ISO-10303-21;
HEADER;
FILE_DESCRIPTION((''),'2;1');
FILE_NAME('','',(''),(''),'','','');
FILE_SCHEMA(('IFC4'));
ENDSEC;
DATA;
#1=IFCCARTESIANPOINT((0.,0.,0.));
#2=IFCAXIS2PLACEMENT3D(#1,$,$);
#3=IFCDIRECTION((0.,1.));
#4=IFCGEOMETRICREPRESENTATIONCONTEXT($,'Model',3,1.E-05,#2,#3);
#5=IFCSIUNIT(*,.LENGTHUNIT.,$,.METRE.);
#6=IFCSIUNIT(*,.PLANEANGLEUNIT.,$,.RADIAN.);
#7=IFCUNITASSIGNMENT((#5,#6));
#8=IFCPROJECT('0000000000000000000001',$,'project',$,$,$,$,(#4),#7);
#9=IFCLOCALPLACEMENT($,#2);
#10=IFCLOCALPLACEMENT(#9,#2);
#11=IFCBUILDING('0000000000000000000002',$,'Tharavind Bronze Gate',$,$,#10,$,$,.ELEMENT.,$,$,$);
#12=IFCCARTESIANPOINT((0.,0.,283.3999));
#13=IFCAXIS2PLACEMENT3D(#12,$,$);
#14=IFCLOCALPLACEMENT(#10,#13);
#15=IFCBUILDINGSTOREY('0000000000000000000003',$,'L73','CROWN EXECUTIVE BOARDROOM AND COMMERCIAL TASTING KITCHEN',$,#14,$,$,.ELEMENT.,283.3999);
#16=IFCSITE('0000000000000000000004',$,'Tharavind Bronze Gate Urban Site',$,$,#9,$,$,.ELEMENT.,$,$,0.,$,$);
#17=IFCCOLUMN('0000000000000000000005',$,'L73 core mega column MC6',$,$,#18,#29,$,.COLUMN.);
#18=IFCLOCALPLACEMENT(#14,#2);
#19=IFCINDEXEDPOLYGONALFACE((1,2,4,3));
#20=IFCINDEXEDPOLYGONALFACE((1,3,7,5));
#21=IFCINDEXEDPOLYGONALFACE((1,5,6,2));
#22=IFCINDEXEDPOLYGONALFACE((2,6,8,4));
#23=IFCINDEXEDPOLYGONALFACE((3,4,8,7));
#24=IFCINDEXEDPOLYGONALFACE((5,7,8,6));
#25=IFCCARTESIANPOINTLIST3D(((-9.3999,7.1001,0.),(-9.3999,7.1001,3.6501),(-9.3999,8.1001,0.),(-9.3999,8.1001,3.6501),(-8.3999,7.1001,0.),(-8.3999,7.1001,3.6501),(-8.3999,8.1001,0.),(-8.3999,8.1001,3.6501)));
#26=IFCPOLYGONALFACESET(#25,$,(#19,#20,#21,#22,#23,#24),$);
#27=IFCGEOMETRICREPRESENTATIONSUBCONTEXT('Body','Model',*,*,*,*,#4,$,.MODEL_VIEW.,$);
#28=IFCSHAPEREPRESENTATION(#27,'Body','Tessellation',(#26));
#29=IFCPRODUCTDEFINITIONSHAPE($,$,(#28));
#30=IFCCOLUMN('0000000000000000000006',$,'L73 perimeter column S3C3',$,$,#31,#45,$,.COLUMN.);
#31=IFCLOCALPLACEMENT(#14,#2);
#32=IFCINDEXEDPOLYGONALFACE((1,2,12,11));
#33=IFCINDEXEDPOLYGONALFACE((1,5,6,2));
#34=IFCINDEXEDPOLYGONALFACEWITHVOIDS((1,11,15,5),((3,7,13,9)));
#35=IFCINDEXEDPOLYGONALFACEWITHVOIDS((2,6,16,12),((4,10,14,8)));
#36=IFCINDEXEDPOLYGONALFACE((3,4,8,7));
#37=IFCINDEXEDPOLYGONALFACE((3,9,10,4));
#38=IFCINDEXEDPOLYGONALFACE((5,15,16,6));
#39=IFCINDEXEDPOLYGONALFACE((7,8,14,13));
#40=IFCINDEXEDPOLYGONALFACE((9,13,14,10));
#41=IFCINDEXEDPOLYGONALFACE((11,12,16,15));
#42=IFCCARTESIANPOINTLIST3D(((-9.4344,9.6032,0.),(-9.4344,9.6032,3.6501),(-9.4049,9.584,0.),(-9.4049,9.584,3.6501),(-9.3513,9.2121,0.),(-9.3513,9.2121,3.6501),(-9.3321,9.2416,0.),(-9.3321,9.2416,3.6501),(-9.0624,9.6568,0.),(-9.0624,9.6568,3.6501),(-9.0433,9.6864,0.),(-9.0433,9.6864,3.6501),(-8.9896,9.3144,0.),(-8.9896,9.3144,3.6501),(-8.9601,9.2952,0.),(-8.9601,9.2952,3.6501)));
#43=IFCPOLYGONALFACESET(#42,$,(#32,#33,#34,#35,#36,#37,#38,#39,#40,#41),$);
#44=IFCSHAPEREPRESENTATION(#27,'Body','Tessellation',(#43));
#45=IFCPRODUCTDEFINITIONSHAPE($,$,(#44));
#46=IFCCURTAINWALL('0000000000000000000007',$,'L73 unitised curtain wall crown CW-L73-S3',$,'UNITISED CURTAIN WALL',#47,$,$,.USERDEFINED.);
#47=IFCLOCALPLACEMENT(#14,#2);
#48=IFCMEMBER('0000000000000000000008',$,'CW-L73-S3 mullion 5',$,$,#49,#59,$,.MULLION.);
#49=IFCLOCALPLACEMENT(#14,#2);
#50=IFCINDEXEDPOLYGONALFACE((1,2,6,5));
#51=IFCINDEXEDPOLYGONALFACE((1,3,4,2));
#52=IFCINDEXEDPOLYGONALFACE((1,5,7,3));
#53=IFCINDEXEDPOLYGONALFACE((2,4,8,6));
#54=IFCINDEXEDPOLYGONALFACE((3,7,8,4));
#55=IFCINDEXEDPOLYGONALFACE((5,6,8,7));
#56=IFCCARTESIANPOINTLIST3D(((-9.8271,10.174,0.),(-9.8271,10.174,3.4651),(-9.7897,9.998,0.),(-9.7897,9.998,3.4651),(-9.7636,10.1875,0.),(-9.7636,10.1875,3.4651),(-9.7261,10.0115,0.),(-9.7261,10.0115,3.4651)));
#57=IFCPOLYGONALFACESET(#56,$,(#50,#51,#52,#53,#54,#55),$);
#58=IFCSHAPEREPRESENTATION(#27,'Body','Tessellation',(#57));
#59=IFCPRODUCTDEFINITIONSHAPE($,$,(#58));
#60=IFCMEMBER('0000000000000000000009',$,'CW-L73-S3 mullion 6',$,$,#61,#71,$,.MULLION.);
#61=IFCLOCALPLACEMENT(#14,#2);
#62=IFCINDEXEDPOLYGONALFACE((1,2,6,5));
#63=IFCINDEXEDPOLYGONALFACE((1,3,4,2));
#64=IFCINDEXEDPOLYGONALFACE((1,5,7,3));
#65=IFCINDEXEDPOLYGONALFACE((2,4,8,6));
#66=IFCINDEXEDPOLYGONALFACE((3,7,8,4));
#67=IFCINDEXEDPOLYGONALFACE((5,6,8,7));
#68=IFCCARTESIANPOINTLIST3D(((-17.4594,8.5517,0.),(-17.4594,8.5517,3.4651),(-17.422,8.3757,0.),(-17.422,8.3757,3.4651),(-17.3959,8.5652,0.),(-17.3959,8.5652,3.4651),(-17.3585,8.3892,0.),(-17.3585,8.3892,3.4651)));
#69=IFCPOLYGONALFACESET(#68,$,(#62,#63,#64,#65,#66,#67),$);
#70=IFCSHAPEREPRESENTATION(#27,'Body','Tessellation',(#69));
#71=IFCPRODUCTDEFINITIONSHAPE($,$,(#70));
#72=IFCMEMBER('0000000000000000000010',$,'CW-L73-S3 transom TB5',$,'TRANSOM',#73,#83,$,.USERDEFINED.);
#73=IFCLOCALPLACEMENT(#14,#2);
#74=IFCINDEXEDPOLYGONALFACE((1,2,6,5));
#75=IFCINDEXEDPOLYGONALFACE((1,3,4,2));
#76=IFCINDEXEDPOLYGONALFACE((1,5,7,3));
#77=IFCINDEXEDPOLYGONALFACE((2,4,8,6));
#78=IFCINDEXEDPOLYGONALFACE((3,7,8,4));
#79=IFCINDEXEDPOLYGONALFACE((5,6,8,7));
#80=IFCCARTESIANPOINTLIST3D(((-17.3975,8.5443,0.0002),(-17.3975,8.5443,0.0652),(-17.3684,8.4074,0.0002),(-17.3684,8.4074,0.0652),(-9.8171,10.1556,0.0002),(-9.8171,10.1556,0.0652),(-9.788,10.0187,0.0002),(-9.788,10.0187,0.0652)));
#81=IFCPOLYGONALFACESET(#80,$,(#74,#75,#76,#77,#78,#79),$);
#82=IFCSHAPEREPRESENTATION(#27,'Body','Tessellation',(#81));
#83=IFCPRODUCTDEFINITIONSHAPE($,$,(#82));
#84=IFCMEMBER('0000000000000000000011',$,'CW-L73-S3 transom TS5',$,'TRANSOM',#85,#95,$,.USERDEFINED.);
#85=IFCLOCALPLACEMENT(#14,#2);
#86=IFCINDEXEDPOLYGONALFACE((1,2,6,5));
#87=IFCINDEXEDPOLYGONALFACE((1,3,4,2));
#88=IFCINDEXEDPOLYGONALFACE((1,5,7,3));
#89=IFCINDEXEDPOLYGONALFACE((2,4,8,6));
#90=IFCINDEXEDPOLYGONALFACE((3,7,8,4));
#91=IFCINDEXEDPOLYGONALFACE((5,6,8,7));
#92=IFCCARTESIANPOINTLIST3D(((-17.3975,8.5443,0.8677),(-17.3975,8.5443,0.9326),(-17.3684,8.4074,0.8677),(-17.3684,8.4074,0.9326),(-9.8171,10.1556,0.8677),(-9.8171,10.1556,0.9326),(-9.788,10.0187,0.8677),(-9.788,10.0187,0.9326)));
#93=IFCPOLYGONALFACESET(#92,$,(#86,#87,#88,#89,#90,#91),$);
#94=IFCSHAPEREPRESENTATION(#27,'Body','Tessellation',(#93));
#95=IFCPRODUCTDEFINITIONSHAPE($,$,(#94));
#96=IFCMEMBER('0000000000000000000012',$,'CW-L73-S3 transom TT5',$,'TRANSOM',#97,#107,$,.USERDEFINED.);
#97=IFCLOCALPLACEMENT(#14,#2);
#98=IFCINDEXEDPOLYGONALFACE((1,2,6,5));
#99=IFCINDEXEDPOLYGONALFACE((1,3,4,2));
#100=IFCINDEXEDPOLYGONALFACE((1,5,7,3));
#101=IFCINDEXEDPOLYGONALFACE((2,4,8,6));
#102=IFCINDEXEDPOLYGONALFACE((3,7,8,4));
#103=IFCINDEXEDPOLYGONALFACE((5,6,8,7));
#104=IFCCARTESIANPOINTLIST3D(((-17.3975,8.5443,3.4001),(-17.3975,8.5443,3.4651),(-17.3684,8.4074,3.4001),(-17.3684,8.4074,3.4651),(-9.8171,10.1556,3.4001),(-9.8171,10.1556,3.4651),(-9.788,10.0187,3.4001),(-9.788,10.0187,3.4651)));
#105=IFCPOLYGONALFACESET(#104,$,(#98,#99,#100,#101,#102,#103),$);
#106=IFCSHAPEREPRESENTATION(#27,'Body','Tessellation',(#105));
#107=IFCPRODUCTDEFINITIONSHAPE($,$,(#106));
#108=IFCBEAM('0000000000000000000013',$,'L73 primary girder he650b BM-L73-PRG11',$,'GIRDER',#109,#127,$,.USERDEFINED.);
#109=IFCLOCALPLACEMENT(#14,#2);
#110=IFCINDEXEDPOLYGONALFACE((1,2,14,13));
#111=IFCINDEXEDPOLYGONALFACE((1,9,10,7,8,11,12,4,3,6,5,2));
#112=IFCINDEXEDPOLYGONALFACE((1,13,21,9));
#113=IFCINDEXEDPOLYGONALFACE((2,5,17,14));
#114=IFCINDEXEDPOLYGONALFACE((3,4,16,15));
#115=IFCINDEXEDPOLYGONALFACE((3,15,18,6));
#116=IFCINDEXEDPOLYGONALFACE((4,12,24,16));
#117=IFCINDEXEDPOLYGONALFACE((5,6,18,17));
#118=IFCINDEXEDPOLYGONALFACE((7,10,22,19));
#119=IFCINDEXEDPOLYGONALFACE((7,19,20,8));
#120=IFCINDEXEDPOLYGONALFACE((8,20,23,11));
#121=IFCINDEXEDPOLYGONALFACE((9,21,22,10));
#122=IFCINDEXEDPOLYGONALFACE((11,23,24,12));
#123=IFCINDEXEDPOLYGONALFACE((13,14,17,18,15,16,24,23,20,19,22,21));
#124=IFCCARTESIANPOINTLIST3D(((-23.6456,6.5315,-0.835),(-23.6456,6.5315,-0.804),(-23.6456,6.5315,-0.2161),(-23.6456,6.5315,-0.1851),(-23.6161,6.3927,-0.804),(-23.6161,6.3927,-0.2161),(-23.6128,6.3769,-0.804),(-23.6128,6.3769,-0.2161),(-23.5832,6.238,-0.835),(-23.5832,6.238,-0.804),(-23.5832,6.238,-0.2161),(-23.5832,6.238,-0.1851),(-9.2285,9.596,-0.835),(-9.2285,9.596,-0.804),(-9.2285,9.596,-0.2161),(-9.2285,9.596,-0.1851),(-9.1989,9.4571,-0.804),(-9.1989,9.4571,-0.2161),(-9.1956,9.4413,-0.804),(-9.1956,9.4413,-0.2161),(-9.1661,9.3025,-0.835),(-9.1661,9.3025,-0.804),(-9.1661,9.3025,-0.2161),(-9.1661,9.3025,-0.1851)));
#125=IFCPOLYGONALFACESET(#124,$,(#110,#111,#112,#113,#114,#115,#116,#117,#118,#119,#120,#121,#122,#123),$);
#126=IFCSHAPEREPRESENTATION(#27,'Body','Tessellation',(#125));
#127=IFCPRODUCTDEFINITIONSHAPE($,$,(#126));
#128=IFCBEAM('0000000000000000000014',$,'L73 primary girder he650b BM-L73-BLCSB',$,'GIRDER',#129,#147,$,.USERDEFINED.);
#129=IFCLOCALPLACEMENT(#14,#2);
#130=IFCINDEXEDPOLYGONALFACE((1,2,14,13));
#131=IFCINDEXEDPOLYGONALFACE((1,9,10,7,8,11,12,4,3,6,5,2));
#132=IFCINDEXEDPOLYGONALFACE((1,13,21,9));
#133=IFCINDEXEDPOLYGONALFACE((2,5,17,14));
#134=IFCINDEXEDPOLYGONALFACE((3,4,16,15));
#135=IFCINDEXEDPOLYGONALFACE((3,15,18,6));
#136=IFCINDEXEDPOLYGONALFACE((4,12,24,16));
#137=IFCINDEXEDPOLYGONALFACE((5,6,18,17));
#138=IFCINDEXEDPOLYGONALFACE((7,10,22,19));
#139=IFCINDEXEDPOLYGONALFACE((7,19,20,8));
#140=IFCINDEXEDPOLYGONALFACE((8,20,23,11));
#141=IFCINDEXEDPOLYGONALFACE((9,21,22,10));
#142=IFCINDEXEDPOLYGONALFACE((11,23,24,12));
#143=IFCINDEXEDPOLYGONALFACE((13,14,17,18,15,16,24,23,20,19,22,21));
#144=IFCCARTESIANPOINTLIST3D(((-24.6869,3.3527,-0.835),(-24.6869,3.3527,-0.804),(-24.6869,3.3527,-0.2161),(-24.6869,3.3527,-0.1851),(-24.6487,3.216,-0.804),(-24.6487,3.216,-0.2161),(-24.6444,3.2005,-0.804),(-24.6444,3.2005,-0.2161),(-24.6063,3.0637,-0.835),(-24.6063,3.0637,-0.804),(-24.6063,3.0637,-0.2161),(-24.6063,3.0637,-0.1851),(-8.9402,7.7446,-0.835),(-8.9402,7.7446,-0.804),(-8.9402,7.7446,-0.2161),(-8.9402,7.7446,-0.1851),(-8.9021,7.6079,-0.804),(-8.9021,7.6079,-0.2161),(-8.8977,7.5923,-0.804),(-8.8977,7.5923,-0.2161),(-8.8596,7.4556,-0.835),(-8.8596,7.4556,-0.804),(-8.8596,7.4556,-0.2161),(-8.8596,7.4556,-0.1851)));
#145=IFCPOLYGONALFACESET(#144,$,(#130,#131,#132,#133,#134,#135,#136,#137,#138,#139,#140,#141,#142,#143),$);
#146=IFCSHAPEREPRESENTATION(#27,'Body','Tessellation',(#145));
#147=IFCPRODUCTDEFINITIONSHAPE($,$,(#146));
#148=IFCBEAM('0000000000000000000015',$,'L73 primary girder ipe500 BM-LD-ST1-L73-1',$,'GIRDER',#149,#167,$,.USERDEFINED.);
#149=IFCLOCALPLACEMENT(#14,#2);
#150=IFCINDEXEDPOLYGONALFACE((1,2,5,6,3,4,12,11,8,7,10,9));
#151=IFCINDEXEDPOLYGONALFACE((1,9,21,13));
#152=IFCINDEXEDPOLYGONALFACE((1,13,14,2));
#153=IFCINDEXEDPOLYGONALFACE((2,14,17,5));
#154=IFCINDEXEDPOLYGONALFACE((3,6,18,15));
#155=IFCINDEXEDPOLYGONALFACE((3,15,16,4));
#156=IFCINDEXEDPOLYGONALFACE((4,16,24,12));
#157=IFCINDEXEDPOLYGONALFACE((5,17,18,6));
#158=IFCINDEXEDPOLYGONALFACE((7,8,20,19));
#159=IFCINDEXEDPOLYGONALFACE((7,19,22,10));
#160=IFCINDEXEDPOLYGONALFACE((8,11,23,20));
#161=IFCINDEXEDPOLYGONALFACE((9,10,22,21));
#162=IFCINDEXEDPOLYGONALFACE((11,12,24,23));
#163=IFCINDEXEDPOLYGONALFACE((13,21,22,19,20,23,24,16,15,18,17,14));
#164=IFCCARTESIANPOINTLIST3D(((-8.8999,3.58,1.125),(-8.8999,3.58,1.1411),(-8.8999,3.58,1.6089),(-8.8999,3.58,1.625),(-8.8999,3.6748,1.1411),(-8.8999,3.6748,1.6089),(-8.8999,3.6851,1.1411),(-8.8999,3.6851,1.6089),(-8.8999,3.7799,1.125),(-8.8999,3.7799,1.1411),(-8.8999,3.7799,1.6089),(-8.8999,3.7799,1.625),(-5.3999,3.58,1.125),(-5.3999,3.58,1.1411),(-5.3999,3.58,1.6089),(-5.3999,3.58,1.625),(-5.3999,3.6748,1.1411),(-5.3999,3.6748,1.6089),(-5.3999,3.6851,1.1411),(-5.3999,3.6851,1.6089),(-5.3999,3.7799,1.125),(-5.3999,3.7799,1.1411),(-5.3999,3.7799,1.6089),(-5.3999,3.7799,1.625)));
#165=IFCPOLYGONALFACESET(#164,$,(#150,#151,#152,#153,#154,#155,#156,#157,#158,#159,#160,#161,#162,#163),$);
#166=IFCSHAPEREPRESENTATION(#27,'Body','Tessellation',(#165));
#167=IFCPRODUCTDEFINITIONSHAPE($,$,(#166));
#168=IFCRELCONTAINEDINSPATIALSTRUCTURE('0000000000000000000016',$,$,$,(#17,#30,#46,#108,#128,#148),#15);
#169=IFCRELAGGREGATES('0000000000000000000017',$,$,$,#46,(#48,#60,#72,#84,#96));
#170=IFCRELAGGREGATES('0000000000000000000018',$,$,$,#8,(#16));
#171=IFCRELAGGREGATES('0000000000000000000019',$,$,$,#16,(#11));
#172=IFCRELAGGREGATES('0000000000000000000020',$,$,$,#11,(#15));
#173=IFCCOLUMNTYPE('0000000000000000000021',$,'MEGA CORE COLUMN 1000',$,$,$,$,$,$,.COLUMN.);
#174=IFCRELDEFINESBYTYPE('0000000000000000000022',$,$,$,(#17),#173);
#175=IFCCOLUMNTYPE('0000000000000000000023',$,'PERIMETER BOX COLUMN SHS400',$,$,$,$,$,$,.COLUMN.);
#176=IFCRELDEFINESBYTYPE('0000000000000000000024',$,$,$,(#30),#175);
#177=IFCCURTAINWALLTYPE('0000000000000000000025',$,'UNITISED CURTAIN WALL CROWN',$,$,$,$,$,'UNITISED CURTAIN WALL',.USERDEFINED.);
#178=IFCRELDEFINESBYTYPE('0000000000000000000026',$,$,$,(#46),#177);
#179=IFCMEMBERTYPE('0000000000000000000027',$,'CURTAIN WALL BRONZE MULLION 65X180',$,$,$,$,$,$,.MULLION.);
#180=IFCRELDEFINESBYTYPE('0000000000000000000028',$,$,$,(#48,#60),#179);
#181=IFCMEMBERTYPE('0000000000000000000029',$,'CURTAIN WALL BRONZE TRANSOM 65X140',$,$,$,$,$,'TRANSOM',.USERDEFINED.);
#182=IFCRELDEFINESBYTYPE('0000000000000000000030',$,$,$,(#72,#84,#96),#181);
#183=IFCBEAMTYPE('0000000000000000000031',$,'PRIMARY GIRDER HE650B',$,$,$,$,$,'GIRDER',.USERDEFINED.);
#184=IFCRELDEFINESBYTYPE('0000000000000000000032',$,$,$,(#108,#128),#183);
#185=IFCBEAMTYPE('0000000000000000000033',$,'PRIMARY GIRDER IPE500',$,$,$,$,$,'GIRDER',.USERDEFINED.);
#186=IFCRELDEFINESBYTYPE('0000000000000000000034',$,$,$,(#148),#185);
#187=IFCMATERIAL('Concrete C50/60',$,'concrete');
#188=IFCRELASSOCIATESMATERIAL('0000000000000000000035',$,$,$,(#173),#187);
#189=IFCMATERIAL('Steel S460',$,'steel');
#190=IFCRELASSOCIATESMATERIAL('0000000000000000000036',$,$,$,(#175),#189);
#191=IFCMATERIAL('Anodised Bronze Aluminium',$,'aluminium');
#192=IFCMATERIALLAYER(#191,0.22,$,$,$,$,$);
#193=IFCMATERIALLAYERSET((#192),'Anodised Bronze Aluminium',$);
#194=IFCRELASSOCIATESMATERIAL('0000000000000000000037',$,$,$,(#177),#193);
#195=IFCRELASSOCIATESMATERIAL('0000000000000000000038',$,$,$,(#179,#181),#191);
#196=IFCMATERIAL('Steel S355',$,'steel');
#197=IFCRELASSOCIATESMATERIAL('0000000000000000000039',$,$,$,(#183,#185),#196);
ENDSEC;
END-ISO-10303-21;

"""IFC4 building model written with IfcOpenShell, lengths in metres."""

from ifc_helpers import new_model, si_unit, direction, frame, origin, origin_2d, place, context, subcontext, project, spatial, rectangle, hollow_rectangle, i_section, extrude, material, layer, layer_set, material_profile, profile_set, type_object, element, aggregate, save


model = new_model("IFC4")

# Units and contexts
model_context = context("Model", 3, precision=1e-05, world=origin(), true_north=direction((0.0, 1.0)))
body_context = subcontext(model_context, "Body", "Model", "MODEL_VIEW")
ifc_project = project(units=[si_unit("LENGTHUNIT", "METRE"), si_unit("PLANEANGLEUNIT", "RADIAN")], contexts=[model_context])

# Site, building, storey
site_placement = place(None, origin())
site = spatial("IfcSite", under=ifc_project, at=site_placement, Name="Tharavind Bronze Gate Urban Site", CompositionType="ELEMENT", RefElevation=0.0)
building_placement = place(site_placement, origin())
building = spatial("IfcBuilding", under=site, at=building_placement, Name="Tharavind Bronze Gate", CompositionType="ELEMENT")
storey_placement = place(building_placement, frame((0.0, 0.0, 283.3999)))
storey = spatial("IfcBuildingStorey", under=building, at=storey_placement, Name="L73", Description="CROWN EXECUTIVE BOARDROOM AND COMMERCIAL TASTING KITCHEN", CompositionType="ELEMENT", Elevation=283.3999)

# Columns
ifc_material_1 = material(Name="Concrete C50/60", Category="concrete")
ifc_material_profile_1 = material_profile(ifc_material_1, rectangle(XDim=1.0, YDim=1.0, at=origin_2d()), Name="RCCOL1000")
ifc_profile_set_1 = profile_set([ifc_material_profile_1], Name="Concrete C50/60")
column_type_1 = type_object("IfcColumnType", Name="MEGA CORE COLUMN 1000", PredefinedType="COLUMN", material=ifc_profile_set_1)
column_1_placement = place(storey_placement, frame((-8.8999, 7.6001, 0.0), z_axis=(0.0, 0.0, 1.0), x_axis=(1.0, 0.0, 0.0)))
element("IfcColumn", 1, at=column_1_placement, inside=storey, type_object=column_type_1, Name="L73 core mega column MC6", PredefinedType="COLUMN", context=body_context, shape_type="SweptSolid", body=[
    extrude(rectangle(XDim=1.0, YDim=1.0, at=origin_2d()), origin(), (0.0, 0.0, 1.0), 3.6501),
])
ifc_material_2 = material(Name="Steel S460", Category="steel")
ifc_material_profile_2 = material_profile(ifc_material_2, hollow_rectangle(XDim=0.3999, YDim=0.3999, WallThickness=0.0249, at=origin_2d()), Name="SHS400X25")
ifc_profile_set_2 = profile_set([ifc_material_profile_2], Name="Steel S460")
column_type_2 = type_object("IfcColumnType", Name="PERIMETER BOX COLUMN SHS400", PredefinedType="COLUMN", material=ifc_profile_set_2)
column_2_placement = place(storey_placement, frame((-9.1973, 9.4492, 0.0), z_axis=(0.0, 0.0, 1.0), x_axis=(0.978147, 0.207913, 0.0)))
element("IfcColumn", 2, at=column_2_placement, inside=storey, type_object=column_type_2, Name="L73 perimeter column S3C3", PredefinedType="COLUMN", context=body_context, shape_type="SweptSolid", body=[
    extrude(hollow_rectangle(XDim=0.3999, YDim=0.3999, WallThickness=0.0249, at=origin_2d()), origin(), (0.0, 0.0, 1.0), 3.6501),
])

# Curtain wall, members
ifc_material_3 = material(Name="Anodised Bronze Aluminium", Category="aluminium")
ifc_layer_1 = layer(ifc_material_3, 0.22)
ifc_layer_set_1 = layer_set([ifc_layer_1], Name="Anodised Bronze Aluminium")
curtain_wall_type = type_object("IfcCurtainWallType", Name="UNITISED CURTAIN WALL CROWN", ElementType="UNITISED CURTAIN WALL", PredefinedType="USERDEFINED", material=ifc_layer_set_1)
curtain_wall_placement = place(storey_placement, origin())
curtain_wall = element("IfcCurtainWall", 3, at=curtain_wall_placement, inside=storey, type_object=curtain_wall_type, Name="L73 unitised curtain wall crown CW-L73-S3", ObjectType="UNITISED CURTAIN WALL", PredefinedType="USERDEFINED")
member_type_1 = type_object("IfcMemberType", Name="CURTAIN WALL BRONZE MULLION 65X180", PredefinedType="MULLION", material=ifc_material_3)
member_1_placement = place(storey_placement, frame((-9.7766, 10.0928, 0.0), z_axis=(0.0, 0.0, 1.0), x_axis=(-0.978147, -0.207913, 0.0)))
member_1 = element("IfcMember", 4, at=member_1_placement, type_object=member_type_1, Name="CW-L73-S3 mullion 5", PredefinedType="MULLION", context=body_context, shape_type="SweptSolid", body=[
    extrude(rectangle(XDim=0.0649, YDim=0.1799, at=origin_2d()), origin(), (0.0, 0.0, 1.0), 3.4651),
])
member_2_placement = place(storey_placement, frame((-17.4089, 8.4705, 0.0), z_axis=(0.0, 0.0, 1.0), x_axis=(-0.978147, -0.207913, 0.0)))
member_2 = element("IfcMember", 5, at=member_2_placement, type_object=member_type_1, Name="CW-L73-S3 mullion 6", PredefinedType="MULLION", context=body_context, shape_type="SweptSolid", body=[
    extrude(rectangle(XDim=0.0649, YDim=0.1799, at=origin_2d()), origin(), (0.0, 0.0, 1.0), 3.4651),
])
member_type_2 = type_object("IfcMemberType", Name="CURTAIN WALL BRONZE TRANSOM 65X140", ElementType="TRANSOM", PredefinedType="USERDEFINED", material=ifc_material_3)
member_3_placement = place(storey_placement, frame((-13.5928, 9.2815, 0.0002), z_axis=(0.0, 0.0, 1.0), x_axis=(-0.978147, -0.207913, 0.0)))
member_3 = element("IfcMember", 6, at=member_3_placement, type_object=member_type_2, Name="CW-L73-S3 transom TB5", ObjectType="TRANSOM", PredefinedType="USERDEFINED", context=body_context, shape_type="SweptSolid", body=[
    extrude(rectangle(XDim=7.7498, YDim=0.1399, at=origin_2d()), origin(), (0.0, 0.0, 1.0), 0.0649),
])
member_4_placement = place(storey_placement, frame((-13.5928, 9.2815, 0.8677), z_axis=(0.0, 0.0, 1.0), x_axis=(-0.978147, -0.207913, 0.0)))
member_4 = element("IfcMember", 7, at=member_4_placement, type_object=member_type_2, Name="CW-L73-S3 transom TS5", ObjectType="TRANSOM", PredefinedType="USERDEFINED", context=body_context, shape_type="SweptSolid", body=[
    extrude(rectangle(XDim=7.7498, YDim=0.1399, at=origin_2d()), origin(), (0.0, 0.0, 1.0), 0.0649),
])
member_5_placement = place(storey_placement, frame((-13.5928, 9.2815, 3.4001), z_axis=(0.0, 0.0, 1.0), x_axis=(-0.978147, -0.207913, 0.0)))
member_5 = element("IfcMember", 8, at=member_5_placement, type_object=member_type_2, Name="CW-L73-S3 transom TT5", ObjectType="TRANSOM", PredefinedType="USERDEFINED", context=body_context, shape_type="SweptSolid", body=[
    extrude(rectangle(XDim=7.7498, YDim=0.1399, at=origin_2d()), origin(), (0.0, 0.0, 1.0), 0.0649),
])

# Beams
ifc_material_4 = material(Name="Steel S355", Category="steel")
ifc_material_profile_3 = material_profile(ifc_material_4, i_section(OverallWidth=0.3, OverallDepth=0.6499, WebThickness=0.0161, FlangeThickness=0.031, at=origin_2d()), Name="HE650B")
ifc_profile_set_3 = profile_set([ifc_material_profile_3], Name="Steel S355")
beam_type_1 = type_object("IfcBeamType", Name="PRIMARY GIRDER HE650B", ElementType="GIRDER", PredefinedType="USERDEFINED", material=ifc_profile_set_3)
beam_1_placement = place(storey_placement, frame((-9.1973, 9.4492, -0.51), z_axis=(-0.978148, -0.20791, 0.0), x_axis=(0.20791, -0.978148, 0.0)))
element("IfcBeam", 9, at=beam_1_placement, inside=storey, type_object=beam_type_1, Name="L73 primary girder he650b BM-L73-PRG11", ObjectType="GIRDER", PredefinedType="USERDEFINED", context=body_context, shape_type="SweptSolid", body=[
    extrude(i_section(OverallWidth=0.3, OverallDepth=0.6499, WebThickness=0.0161, FlangeThickness=0.031, at=origin_2d()), origin(), (0.0, 0.0, 1.0), 14.7393),
])
beam_2_placement = place(storey_placement, frame((-8.8999, 7.6001, -0.51), z_axis=(-0.963237, -0.268654, 0.0), x_axis=(0.268654, -0.963237, 0.0)))
element("IfcBeam", 10, at=beam_2_placement, inside=storey, type_object=beam_type_1, Name="L73 primary girder he650b BM-L73-BLCSB", ObjectType="GIRDER", PredefinedType="USERDEFINED", context=body_context, shape_type="SweptSolid", body=[
    extrude(i_section(OverallWidth=0.3, OverallDepth=0.6499, WebThickness=0.0161, FlangeThickness=0.031, at=origin_2d()), origin(), (0.0, 0.0, 1.0), 16.3477),
])
ifc_material_profile_4 = material_profile(ifc_material_4, i_section(OverallWidth=0.2, OverallDepth=0.5, WebThickness=0.0103, FlangeThickness=0.0161, at=origin_2d()), Name="IPE500")
ifc_profile_set_4 = profile_set([ifc_material_profile_4], Name="Steel S355")
beam_type_2 = type_object("IfcBeamType", Name="PRIMARY GIRDER IPE500", ElementType="GIRDER", PredefinedType="USERDEFINED", material=ifc_profile_set_4)
beam_3_placement = place(storey_placement, frame((-8.8999, 3.6799, 1.375), z_axis=(1.0, 0.0, 0.0), x_axis=(0.0, 1.0, 0.0)))
element("IfcBeam", 11, at=beam_3_placement, inside=storey, type_object=beam_type_2, Name="L73 primary girder ipe500 BM-LD-ST1-L73-1", ObjectType="GIRDER", PredefinedType="USERDEFINED", context=body_context, shape_type="SweptSolid", body=[
    extrude(i_section(OverallWidth=0.2, OverallDepth=0.5, WebThickness=0.0103, FlangeThickness=0.0161, at=origin_2d()), origin(), (0.0, 0.0, 1.0), 3.5),
])

aggregate(curtain_wall, [member_1, member_2, member_3, member_4, member_5])

save(model, "model.ifc")
